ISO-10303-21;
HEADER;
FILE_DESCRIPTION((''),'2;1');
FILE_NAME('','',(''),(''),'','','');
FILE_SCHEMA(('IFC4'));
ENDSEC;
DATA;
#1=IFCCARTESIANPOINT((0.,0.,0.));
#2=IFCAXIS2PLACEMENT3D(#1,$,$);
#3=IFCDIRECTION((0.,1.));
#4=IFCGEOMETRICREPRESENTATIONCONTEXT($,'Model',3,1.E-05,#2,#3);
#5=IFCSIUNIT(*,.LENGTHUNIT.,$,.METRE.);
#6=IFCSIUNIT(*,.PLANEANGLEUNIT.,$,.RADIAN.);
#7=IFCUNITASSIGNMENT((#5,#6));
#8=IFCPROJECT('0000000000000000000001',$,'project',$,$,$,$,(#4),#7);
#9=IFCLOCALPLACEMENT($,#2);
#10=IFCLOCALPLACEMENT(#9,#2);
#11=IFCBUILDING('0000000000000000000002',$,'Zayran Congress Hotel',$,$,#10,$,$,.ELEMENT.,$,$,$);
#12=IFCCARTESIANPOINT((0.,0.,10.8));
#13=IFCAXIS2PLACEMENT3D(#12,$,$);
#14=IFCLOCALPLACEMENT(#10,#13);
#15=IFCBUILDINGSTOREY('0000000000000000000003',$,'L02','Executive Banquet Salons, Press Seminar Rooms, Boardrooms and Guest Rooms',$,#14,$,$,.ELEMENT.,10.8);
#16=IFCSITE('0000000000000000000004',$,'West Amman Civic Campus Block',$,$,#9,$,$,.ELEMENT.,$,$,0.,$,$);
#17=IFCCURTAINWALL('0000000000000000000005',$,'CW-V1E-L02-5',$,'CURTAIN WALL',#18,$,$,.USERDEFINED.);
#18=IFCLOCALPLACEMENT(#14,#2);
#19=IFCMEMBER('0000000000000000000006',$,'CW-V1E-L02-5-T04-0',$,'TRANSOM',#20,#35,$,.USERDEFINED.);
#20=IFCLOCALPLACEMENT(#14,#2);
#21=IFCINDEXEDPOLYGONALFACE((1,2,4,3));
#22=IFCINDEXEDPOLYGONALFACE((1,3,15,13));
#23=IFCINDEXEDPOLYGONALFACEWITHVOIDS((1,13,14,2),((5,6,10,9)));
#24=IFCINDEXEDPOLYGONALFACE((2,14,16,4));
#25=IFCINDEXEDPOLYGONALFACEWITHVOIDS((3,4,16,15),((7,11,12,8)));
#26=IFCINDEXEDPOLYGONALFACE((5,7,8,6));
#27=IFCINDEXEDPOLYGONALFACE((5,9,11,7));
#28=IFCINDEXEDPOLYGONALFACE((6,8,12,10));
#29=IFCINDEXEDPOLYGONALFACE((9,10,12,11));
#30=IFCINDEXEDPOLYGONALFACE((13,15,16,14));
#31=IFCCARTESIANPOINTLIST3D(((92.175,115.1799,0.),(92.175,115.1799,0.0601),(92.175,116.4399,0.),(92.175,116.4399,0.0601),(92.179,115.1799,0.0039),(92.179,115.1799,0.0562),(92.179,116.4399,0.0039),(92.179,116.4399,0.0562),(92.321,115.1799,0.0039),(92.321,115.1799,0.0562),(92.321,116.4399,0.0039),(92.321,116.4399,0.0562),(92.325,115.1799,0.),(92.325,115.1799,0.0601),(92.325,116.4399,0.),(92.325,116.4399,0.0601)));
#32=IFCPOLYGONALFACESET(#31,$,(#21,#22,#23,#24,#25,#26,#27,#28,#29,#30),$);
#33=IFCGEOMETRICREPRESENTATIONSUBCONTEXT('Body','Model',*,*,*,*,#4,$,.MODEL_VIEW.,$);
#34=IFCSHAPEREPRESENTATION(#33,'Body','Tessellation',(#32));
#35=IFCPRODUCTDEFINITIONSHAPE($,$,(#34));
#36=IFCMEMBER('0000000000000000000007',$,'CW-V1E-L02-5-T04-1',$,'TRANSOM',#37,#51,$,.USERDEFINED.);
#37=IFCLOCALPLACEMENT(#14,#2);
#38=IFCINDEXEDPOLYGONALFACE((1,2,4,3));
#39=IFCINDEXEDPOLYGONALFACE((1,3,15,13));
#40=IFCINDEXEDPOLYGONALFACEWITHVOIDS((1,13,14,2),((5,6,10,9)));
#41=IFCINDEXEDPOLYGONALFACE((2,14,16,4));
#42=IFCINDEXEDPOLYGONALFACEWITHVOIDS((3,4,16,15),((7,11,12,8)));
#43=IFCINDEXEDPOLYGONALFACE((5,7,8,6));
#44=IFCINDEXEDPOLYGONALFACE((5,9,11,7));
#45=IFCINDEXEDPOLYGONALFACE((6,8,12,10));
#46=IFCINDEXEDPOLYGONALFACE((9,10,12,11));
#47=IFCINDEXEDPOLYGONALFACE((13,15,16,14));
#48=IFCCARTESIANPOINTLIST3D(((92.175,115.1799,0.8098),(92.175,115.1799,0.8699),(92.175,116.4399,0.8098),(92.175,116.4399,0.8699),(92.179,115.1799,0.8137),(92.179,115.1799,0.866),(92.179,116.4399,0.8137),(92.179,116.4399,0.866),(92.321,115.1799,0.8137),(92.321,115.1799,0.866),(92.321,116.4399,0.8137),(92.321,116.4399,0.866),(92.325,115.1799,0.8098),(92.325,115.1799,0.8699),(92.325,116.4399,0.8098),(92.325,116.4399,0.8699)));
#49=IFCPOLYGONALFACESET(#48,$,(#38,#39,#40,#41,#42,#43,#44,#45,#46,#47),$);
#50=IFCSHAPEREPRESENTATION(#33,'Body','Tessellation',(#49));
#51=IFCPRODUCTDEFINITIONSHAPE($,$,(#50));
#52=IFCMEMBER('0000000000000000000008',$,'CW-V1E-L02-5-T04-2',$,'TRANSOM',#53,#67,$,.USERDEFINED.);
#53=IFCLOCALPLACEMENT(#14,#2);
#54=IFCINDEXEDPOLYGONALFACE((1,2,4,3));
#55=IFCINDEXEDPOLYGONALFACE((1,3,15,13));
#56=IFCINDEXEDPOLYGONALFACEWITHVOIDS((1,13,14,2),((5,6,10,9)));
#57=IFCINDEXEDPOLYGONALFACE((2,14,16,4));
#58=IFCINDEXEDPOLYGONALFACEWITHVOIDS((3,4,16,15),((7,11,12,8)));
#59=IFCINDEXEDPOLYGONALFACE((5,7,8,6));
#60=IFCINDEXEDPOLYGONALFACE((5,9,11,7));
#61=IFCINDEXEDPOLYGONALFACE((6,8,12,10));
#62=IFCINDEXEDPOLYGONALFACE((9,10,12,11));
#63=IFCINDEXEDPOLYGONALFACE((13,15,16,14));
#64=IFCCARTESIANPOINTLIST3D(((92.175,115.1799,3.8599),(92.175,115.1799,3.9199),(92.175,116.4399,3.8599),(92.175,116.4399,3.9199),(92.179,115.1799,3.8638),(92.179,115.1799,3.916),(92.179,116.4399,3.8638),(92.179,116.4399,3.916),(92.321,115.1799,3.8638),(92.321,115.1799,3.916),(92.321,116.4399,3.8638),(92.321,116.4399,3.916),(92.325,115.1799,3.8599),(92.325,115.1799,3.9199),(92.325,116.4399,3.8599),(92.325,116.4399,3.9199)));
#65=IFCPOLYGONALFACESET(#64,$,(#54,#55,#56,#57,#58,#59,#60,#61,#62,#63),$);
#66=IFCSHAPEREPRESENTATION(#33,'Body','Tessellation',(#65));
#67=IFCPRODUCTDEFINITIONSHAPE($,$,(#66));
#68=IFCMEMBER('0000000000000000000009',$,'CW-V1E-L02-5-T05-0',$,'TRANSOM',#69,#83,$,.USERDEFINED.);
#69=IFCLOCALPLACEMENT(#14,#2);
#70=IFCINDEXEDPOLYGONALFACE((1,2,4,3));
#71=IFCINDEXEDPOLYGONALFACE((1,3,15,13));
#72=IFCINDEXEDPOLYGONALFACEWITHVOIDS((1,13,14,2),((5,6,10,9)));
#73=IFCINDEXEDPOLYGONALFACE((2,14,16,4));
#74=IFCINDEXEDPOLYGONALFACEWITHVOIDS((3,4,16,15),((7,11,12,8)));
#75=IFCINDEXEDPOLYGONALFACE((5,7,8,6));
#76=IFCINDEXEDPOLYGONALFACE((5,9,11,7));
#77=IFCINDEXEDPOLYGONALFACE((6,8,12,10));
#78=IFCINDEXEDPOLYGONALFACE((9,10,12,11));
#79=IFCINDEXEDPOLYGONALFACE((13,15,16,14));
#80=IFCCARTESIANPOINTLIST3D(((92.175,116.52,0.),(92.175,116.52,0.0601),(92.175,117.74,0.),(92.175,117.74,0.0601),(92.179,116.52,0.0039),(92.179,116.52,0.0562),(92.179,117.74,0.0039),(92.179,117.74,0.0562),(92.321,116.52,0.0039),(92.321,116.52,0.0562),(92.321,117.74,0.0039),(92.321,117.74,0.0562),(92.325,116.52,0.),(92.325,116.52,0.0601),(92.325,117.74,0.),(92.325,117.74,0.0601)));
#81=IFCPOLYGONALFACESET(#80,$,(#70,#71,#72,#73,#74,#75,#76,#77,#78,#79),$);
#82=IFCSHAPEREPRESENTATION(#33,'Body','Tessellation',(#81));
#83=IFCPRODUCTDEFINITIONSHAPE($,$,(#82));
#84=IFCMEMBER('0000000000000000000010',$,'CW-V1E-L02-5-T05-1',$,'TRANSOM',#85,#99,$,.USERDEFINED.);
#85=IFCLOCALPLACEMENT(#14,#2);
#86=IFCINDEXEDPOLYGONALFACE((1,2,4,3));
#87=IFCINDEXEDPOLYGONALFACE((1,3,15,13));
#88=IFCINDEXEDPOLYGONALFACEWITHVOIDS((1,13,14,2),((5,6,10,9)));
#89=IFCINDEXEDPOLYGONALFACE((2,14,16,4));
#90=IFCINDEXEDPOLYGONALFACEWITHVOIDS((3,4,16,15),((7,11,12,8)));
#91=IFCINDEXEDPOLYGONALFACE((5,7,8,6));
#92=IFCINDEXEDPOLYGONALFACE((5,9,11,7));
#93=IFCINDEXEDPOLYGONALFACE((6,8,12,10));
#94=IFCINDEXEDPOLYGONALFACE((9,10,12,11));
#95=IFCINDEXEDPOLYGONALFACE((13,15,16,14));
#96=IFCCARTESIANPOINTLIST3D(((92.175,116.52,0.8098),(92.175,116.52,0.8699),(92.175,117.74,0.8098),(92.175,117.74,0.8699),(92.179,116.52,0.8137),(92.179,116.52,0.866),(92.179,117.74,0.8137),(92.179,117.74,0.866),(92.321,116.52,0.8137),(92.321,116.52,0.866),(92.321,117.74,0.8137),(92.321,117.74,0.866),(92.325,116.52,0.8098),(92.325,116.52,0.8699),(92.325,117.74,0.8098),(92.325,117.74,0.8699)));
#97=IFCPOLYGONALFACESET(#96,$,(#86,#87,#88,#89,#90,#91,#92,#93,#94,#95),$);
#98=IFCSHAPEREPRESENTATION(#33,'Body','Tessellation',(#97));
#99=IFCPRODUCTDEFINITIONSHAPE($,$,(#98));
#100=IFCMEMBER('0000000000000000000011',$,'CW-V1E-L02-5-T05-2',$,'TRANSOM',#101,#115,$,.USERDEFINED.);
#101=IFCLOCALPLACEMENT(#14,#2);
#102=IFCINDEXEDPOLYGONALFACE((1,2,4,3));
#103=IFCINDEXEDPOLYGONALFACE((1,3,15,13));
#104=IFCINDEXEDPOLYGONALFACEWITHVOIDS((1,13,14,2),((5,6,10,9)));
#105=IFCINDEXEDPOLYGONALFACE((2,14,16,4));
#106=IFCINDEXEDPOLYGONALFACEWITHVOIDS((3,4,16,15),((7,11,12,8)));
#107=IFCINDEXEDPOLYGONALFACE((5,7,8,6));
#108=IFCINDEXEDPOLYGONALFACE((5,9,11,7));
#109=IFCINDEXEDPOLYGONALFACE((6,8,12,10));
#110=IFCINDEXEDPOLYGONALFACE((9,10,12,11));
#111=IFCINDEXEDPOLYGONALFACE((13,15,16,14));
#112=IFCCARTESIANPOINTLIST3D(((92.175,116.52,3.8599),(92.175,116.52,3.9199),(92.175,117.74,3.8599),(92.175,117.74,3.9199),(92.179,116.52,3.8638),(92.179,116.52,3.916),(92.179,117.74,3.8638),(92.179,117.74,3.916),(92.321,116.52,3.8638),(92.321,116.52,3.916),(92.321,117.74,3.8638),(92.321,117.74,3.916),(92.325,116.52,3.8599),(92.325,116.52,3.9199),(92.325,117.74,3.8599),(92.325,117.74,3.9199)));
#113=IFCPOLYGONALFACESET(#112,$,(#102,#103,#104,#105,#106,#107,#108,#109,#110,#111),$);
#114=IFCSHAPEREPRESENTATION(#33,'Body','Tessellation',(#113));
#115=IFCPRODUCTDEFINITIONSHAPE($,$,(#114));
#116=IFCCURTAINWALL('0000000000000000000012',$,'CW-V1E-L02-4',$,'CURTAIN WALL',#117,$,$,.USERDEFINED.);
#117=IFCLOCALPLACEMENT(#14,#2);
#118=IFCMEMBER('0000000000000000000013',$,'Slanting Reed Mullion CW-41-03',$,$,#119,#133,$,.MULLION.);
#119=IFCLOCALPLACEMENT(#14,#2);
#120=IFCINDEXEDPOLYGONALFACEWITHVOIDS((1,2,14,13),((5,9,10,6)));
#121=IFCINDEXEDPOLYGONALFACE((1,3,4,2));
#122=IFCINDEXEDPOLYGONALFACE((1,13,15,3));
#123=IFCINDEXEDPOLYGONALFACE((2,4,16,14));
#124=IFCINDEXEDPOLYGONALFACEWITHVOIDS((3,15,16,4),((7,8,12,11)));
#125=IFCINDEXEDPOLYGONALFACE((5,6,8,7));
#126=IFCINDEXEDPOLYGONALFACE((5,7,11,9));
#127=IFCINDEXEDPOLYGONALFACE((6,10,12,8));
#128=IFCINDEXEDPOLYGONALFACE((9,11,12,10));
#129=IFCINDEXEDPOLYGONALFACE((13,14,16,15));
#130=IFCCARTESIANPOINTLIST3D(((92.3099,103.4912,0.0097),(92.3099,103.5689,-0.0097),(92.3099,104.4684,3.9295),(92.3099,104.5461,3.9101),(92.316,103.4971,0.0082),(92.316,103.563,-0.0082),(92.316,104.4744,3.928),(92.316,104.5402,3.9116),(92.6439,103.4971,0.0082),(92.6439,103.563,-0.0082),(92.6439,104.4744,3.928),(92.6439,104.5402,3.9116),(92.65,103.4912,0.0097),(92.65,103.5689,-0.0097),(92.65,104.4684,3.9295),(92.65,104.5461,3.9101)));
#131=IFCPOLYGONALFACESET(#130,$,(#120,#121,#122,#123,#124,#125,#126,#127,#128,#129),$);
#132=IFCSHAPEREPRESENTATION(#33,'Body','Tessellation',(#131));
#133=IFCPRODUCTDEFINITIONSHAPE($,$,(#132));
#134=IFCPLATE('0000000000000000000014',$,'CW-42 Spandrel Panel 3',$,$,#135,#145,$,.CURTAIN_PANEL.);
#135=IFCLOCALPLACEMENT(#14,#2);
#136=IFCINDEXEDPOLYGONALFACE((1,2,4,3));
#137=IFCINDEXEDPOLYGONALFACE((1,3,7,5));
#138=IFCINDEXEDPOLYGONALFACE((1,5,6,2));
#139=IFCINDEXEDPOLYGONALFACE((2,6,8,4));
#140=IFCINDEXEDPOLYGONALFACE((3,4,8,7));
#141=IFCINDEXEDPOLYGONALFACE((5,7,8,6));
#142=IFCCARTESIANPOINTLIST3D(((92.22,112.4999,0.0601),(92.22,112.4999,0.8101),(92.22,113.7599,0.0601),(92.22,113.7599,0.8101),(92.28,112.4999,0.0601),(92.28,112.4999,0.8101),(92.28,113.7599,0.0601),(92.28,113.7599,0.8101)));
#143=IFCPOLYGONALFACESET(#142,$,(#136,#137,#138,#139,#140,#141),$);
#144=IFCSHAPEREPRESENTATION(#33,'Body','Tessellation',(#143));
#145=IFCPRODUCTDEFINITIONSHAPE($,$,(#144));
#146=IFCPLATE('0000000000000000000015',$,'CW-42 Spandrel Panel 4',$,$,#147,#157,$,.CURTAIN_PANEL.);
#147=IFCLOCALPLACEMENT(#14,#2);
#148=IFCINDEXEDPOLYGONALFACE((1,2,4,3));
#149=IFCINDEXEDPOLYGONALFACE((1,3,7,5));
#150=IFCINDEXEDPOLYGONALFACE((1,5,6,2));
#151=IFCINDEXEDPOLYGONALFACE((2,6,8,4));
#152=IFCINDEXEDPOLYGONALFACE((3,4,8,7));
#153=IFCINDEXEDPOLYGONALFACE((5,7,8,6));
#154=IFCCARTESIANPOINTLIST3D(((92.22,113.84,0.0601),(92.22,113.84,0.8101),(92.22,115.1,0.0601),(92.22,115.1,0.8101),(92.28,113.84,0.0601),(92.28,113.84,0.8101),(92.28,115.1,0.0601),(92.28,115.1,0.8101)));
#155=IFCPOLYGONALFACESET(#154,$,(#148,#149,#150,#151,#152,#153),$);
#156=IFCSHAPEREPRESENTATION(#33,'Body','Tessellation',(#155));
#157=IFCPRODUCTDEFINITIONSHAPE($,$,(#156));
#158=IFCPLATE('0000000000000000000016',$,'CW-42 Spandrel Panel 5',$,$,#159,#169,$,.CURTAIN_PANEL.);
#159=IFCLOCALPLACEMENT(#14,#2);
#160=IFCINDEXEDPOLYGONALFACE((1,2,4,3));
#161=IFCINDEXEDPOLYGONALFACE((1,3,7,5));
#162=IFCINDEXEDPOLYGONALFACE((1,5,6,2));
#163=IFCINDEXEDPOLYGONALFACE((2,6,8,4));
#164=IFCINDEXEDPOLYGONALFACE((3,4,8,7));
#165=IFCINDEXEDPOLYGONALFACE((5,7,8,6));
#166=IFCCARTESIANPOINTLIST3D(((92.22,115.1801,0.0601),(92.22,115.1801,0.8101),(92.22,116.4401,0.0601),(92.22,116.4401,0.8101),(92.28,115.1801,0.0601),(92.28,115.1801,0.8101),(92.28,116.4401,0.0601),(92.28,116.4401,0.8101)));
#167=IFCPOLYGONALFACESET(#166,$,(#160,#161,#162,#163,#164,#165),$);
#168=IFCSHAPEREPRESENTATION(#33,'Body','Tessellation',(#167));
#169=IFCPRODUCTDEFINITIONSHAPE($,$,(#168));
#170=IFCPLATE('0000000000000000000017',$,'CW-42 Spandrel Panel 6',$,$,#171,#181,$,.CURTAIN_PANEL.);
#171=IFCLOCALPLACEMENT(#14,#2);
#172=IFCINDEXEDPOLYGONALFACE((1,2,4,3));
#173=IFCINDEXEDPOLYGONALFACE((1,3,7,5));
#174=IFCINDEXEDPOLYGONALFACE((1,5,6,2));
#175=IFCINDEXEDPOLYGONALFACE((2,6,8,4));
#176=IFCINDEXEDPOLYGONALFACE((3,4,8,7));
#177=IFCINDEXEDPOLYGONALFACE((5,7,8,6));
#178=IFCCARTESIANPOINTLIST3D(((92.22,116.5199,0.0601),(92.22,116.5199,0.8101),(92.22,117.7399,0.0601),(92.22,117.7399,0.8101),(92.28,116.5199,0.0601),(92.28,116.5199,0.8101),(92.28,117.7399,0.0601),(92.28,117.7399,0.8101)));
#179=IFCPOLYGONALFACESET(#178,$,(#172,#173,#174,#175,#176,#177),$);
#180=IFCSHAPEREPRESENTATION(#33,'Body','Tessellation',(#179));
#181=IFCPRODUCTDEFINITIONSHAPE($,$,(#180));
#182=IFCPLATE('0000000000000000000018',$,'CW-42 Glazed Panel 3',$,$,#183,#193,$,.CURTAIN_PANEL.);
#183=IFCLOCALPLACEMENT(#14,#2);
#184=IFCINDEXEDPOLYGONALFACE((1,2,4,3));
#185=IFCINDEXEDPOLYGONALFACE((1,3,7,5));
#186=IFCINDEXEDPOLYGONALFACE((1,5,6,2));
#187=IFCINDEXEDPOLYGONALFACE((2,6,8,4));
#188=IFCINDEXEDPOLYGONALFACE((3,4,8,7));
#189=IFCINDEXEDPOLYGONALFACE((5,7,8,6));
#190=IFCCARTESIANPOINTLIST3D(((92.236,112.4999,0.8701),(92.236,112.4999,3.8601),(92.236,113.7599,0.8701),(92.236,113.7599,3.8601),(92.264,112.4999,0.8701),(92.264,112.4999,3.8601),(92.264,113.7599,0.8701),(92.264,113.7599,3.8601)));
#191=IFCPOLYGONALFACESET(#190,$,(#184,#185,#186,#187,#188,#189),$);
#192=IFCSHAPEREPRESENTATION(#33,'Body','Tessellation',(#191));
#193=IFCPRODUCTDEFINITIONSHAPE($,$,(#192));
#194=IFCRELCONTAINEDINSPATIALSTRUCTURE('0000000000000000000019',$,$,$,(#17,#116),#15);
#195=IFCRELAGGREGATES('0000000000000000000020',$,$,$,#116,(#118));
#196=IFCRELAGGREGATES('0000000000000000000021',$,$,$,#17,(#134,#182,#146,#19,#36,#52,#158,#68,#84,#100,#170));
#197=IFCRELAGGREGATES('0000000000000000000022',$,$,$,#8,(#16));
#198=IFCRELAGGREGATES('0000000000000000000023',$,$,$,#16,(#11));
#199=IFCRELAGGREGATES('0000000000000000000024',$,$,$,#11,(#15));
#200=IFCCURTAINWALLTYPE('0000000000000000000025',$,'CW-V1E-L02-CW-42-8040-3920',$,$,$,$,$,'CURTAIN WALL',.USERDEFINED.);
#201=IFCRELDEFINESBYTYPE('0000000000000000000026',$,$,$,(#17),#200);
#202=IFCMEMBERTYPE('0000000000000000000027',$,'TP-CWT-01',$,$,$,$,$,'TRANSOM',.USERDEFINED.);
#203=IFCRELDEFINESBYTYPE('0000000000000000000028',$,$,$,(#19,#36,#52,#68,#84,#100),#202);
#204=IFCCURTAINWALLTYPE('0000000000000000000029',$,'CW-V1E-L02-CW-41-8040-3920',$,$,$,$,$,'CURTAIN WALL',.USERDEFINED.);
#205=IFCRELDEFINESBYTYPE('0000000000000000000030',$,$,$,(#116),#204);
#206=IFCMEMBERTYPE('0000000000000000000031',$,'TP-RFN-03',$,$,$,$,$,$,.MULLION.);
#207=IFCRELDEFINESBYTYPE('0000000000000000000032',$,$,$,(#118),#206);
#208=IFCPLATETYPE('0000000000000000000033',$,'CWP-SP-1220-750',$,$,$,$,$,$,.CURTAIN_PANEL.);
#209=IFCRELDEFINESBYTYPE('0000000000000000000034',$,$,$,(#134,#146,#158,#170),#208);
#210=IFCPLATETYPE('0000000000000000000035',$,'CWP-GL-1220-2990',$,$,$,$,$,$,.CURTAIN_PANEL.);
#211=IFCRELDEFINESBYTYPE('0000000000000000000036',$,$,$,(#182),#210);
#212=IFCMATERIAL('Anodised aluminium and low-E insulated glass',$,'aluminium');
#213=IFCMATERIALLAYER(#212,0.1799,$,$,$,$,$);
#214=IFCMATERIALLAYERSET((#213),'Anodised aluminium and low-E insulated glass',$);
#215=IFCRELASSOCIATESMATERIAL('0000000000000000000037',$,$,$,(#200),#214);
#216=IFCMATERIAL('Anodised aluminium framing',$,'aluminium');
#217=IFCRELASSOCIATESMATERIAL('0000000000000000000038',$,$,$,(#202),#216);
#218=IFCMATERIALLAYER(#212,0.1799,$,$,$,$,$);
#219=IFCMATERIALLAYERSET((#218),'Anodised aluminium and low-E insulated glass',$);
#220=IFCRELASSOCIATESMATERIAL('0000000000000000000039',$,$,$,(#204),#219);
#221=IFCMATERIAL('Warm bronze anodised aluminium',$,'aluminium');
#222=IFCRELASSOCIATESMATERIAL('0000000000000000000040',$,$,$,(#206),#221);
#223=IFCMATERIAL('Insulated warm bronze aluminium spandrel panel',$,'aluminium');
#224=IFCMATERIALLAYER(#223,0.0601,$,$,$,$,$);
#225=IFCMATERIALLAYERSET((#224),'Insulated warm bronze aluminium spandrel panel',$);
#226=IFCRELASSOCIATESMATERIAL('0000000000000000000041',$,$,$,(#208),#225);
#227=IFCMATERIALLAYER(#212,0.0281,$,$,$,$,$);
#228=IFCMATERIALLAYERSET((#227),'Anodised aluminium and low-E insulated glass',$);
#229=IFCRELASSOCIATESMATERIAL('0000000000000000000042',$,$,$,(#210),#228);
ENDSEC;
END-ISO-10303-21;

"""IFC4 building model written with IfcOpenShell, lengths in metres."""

from ifc_helpers import new_model, si_unit, direction, frame, origin, origin_2d, place, context, subcontext, project, spatial, rectangle, hollow_rectangle, extrude, material, layer, layer_set, material_profile, profile_set, type_object, element, aggregate, save


model = new_model("IFC4")

# Units and contexts
model_context = context("Model", 3, precision=1e-05, world=origin(), true_north=direction((0.0, 1.0)))
body_context = subcontext(model_context, "Body", "Model", "MODEL_VIEW")
ifc_project = project(units=[si_unit("LENGTHUNIT", "METRE"), si_unit("PLANEANGLEUNIT", "RADIAN")], contexts=[model_context])

# Site, building, storey
site_placement = place(None, origin())
site = spatial("IfcSite", under=ifc_project, at=site_placement, Name="West Amman Civic Campus Block", CompositionType="ELEMENT", RefElevation=0.0)
building_placement = place(site_placement, origin())
building = spatial("IfcBuilding", under=site, at=building_placement, Name="Zayran Congress Hotel", CompositionType="ELEMENT")
storey_placement = place(building_placement, frame((0.0, 0.0, 10.8)))
storey = spatial("IfcBuildingStorey", under=building, at=storey_placement, Name="L02", Description="Executive Banquet Salons, Press Seminar Rooms, Boardrooms and Guest Rooms", CompositionType="ELEMENT", Elevation=10.8)

# Shared definitions
ifc_material_1 = material(Name="Anodised aluminium and low-E insulated glass", Category="aluminium")
ifc_material_2 = material(Name="Anodised aluminium framing", Category="aluminium")

# Curtain wall
ifc_layer_1 = layer(ifc_material_1, 0.1799)
ifc_layer_set_1 = layer_set([ifc_layer_1], Name="Anodised aluminium and low-E insulated glass")
curtain_wall_type_1 = type_object("IfcCurtainWallType", Name="CW-V1E-L02-CW-42-8040-3920", ElementType="CURTAIN WALL", PredefinedType="USERDEFINED", material=ifc_layer_set_1)
curtain_wall_1_placement = place(storey_placement, origin())
curtain_wall_1 = element("IfcCurtainWall", 1, at=curtain_wall_1_placement, inside=storey, type_object=curtain_wall_type_1, Name="CW-V1E-L02-5", ObjectType="CURTAIN WALL", PredefinedType="USERDEFINED")

# Members
ifc_material_profile_1 = material_profile(ifc_material_2, hollow_rectangle(XDim=0.0601, YDim=0.1499, WallThickness=0.0039, at=origin_2d()), Name="RHS 150x60x4")
ifc_profile_set_1 = profile_set([ifc_material_profile_1], Name="Anodised aluminium framing")
member_type_1 = type_object("IfcMemberType", Name="TP-CWT-01", ElementType="TRANSOM", PredefinedType="USERDEFINED", material=ifc_profile_set_1)
member_1_placement = place(storey_placement, frame((92.25, 115.1799, 0.03), z_axis=(0.0, 1.0, 0.0), x_axis=(0.0, 0.0, 1.0)))
member_1 = element("IfcMember", 2, at=member_1_placement, type_object=member_type_1, Name="CW-V1E-L02-5-T04-0", ObjectType="TRANSOM", PredefinedType="USERDEFINED", context=body_context, shape_type="SweptSolid", body=[
    extrude(hollow_rectangle(XDim=0.0601, YDim=0.1499, WallThickness=0.0039, at=origin_2d()), origin(), (0.0, 0.0, 1.0), 1.26),
])
member_2_placement = place(storey_placement, frame((92.25, 115.1799, 0.8398), z_axis=(0.0, 1.0, 0.0), x_axis=(0.0, 0.0, 1.0)))
member_2 = element("IfcMember", 3, at=member_2_placement, type_object=member_type_1, Name="CW-V1E-L02-5-T04-1", ObjectType="TRANSOM", PredefinedType="USERDEFINED", context=body_context, shape_type="SweptSolid", body=[
    extrude(hollow_rectangle(XDim=0.0601, YDim=0.1499, WallThickness=0.0039, at=origin_2d()), origin(), (0.0, 0.0, 1.0), 1.26),
])
member_3_placement = place(storey_placement, frame((92.25, 115.1799, 3.8899), z_axis=(0.0, 1.0, 0.0), x_axis=(0.0, 0.0, 1.0)))
member_3 = element("IfcMember", 4, at=member_3_placement, type_object=member_type_1, Name="CW-V1E-L02-5-T04-2", ObjectType="TRANSOM", PredefinedType="USERDEFINED", context=body_context, shape_type="SweptSolid", body=[
    extrude(hollow_rectangle(XDim=0.0601, YDim=0.1499, WallThickness=0.0039, at=origin_2d()), origin(), (0.0, 0.0, 1.0), 1.26),
])
member_4_placement = place(storey_placement, frame((92.25, 116.52, 0.03), z_axis=(0.0, 1.0, 0.0), x_axis=(0.0, 0.0, 1.0)))
member_4 = element("IfcMember", 5, at=member_4_placement, type_object=member_type_1, Name="CW-V1E-L02-5-T05-0", ObjectType="TRANSOM", PredefinedType="USERDEFINED", context=body_context, shape_type="SweptSolid", body=[
    extrude(hollow_rectangle(XDim=0.0601, YDim=0.1499, WallThickness=0.0039, at=origin_2d()), origin(), (0.0, 0.0, 1.0), 1.22),
])
member_5_placement = place(storey_placement, frame((92.25, 116.52, 0.8398), z_axis=(0.0, 1.0, 0.0), x_axis=(0.0, 0.0, 1.0)))
member_5 = element("IfcMember", 6, at=member_5_placement, type_object=member_type_1, Name="CW-V1E-L02-5-T05-1", ObjectType="TRANSOM", PredefinedType="USERDEFINED", context=body_context, shape_type="SweptSolid", body=[
    extrude(hollow_rectangle(XDim=0.0601, YDim=0.1499, WallThickness=0.0039, at=origin_2d()), origin(), (0.0, 0.0, 1.0), 1.22),
])
member_6_placement = place(storey_placement, frame((92.25, 116.52, 3.8899), z_axis=(0.0, 1.0, 0.0), x_axis=(0.0, 0.0, 1.0)))
member_6 = element("IfcMember", 7, at=member_6_placement, type_object=member_type_1, Name="CW-V1E-L02-5-T05-2", ObjectType="TRANSOM", PredefinedType="USERDEFINED", context=body_context, shape_type="SweptSolid", body=[
    extrude(hollow_rectangle(XDim=0.0601, YDim=0.1499, WallThickness=0.0039, at=origin_2d()), origin(), (0.0, 0.0, 1.0), 1.22),
])

# Curtain wall, member
ifc_layer_2 = layer(ifc_material_1, 0.1799)
ifc_layer_set_2 = layer_set([ifc_layer_2], Name="Anodised aluminium and low-E insulated glass")
curtain_wall_type_2 = type_object("IfcCurtainWallType", Name="CW-V1E-L02-CW-41-8040-3920", ElementType="CURTAIN WALL", PredefinedType="USERDEFINED", material=ifc_layer_set_2)
curtain_wall_2_placement = place(storey_placement, origin())
curtain_wall_2 = element("IfcCurtainWall", 8, at=curtain_wall_2_placement, inside=storey, type_object=curtain_wall_type_2, Name="CW-V1E-L02-4", ObjectType="CURTAIN WALL", PredefinedType="USERDEFINED")
ifc_material_3 = material(Name="Warm bronze anodised aluminium", Category="aluminium")
ifc_material_profile_2 = material_profile(ifc_material_3, hollow_rectangle(XDim=0.0801, YDim=0.3401, WallThickness=0.0061, at=origin_2d()), Name="RHS 340x80x6")
ifc_profile_set_2 = profile_set([ifc_material_profile_2], Name="Warm bronze anodised aluminium")
member_type_2 = type_object("IfcMemberType", Name="TP-RFN-03", PredefinedType="MULLION", material=ifc_profile_set_2)
member_7_placement = place(storey_placement, frame((92.48, 103.53, 0.0), z_axis=(0.0, 0.24191, 0.970299), x_axis=(0.0, -0.970299, 0.24191)))
member_7 = element("IfcMember", 9, at=member_7_placement, type_object=member_type_2, Name="Slanting Reed Mullion CW-41-03", PredefinedType="MULLION", context=body_context, shape_type="SweptSolid", body=[
    extrude(hollow_rectangle(XDim=0.0801, YDim=0.3401, WallThickness=0.0061, at=origin_2d()), origin(), (0.0, 0.0, 1.0), 4.0398),
])
aggregate(curtain_wall_2, [member_7])

# Plates
ifc_material_4 = material(Name="Insulated warm bronze aluminium spandrel panel", Category="aluminium")
ifc_layer_3 = layer(ifc_material_4, 0.0601)
ifc_layer_set_3 = layer_set([ifc_layer_3], Name="Insulated warm bronze aluminium spandrel panel")
plate_type_1 = type_object("IfcPlateType", Name="CWP-SP-1220-750", PredefinedType="CURTAIN_PANEL", material=ifc_layer_set_3)
plate_1_placement = place(storey_placement, frame((92.25, 113.1299, 0.0601), z_axis=(0.0, 0.0, 1.0), x_axis=(0.0, 1.0, 0.0)))
plate_1 = element("IfcPlate", 10, at=plate_1_placement, type_object=plate_type_1, Name="CW-42 Spandrel Panel 3", PredefinedType="CURTAIN_PANEL", context=body_context, shape_type="SweptSolid", body=[
    extrude(rectangle(XDim=1.26, YDim=0.0601, at=origin_2d()), origin(), (0.0, 0.0, 1.0), 0.75),
])
plate_2_placement = place(storey_placement, frame((92.25, 114.47, 0.0601), z_axis=(0.0, 0.0, 1.0), x_axis=(0.0, 1.0, 0.0)))
plate_2 = element("IfcPlate", 11, at=plate_2_placement, type_object=plate_type_1, Name="CW-42 Spandrel Panel 4", PredefinedType="CURTAIN_PANEL", context=body_context, shape_type="SweptSolid", body=[
    extrude(rectangle(XDim=1.26, YDim=0.0601, at=origin_2d()), origin(), (0.0, 0.0, 1.0), 0.75),
])
plate_3_placement = place(storey_placement, frame((92.25, 115.8101, 0.0601), z_axis=(0.0, 0.0, 1.0), x_axis=(0.0, 1.0, 0.0)))
plate_3 = element("IfcPlate", 12, at=plate_3_placement, type_object=plate_type_1, Name="CW-42 Spandrel Panel 5", PredefinedType="CURTAIN_PANEL", context=body_context, shape_type="SweptSolid", body=[
    extrude(rectangle(XDim=1.26, YDim=0.0601, at=origin_2d()), origin(), (0.0, 0.0, 1.0), 0.75),
])
plate_4_placement = place(storey_placement, frame((92.25, 117.1299, 0.0601), z_axis=(0.0, 0.0, 1.0), x_axis=(0.0, 1.0, 0.0)))
plate_4 = element("IfcPlate", 13, at=plate_4_placement, type_object=plate_type_1, Name="CW-42 Spandrel Panel 6", PredefinedType="CURTAIN_PANEL", context=body_context, shape_type="SweptSolid", body=[
    extrude(rectangle(XDim=1.22, YDim=0.0601, at=origin_2d()), origin(), (0.0, 0.0, 1.0), 0.75),
])
ifc_layer_4 = layer(ifc_material_1, 0.0281)
ifc_layer_set_4 = layer_set([ifc_layer_4], Name="Anodised aluminium and low-E insulated glass")
plate_type_2 = type_object("IfcPlateType", Name="CWP-GL-1220-2990", PredefinedType="CURTAIN_PANEL", material=ifc_layer_set_4)
plate_5_placement = place(storey_placement, frame((92.25, 113.1299, 0.8701), z_axis=(0.0, 0.0, 1.0), x_axis=(0.0, 1.0, 0.0)))
plate_5 = element("IfcPlate", 14, at=plate_5_placement, type_object=plate_type_2, Name="CW-42 Glazed Panel 3", PredefinedType="CURTAIN_PANEL", context=body_context, shape_type="SweptSolid", body=[
    extrude(rectangle(XDim=1.26, YDim=0.0281, at=origin_2d()), origin(), (0.0, 0.0, 1.0), 2.99),
])
aggregate(curtain_wall_1, [plate_1, plate_5, plate_2, member_1, member_2, member_3, plate_3, member_4, member_5, member_6, plate_4])

save(model, "model.ifc")
